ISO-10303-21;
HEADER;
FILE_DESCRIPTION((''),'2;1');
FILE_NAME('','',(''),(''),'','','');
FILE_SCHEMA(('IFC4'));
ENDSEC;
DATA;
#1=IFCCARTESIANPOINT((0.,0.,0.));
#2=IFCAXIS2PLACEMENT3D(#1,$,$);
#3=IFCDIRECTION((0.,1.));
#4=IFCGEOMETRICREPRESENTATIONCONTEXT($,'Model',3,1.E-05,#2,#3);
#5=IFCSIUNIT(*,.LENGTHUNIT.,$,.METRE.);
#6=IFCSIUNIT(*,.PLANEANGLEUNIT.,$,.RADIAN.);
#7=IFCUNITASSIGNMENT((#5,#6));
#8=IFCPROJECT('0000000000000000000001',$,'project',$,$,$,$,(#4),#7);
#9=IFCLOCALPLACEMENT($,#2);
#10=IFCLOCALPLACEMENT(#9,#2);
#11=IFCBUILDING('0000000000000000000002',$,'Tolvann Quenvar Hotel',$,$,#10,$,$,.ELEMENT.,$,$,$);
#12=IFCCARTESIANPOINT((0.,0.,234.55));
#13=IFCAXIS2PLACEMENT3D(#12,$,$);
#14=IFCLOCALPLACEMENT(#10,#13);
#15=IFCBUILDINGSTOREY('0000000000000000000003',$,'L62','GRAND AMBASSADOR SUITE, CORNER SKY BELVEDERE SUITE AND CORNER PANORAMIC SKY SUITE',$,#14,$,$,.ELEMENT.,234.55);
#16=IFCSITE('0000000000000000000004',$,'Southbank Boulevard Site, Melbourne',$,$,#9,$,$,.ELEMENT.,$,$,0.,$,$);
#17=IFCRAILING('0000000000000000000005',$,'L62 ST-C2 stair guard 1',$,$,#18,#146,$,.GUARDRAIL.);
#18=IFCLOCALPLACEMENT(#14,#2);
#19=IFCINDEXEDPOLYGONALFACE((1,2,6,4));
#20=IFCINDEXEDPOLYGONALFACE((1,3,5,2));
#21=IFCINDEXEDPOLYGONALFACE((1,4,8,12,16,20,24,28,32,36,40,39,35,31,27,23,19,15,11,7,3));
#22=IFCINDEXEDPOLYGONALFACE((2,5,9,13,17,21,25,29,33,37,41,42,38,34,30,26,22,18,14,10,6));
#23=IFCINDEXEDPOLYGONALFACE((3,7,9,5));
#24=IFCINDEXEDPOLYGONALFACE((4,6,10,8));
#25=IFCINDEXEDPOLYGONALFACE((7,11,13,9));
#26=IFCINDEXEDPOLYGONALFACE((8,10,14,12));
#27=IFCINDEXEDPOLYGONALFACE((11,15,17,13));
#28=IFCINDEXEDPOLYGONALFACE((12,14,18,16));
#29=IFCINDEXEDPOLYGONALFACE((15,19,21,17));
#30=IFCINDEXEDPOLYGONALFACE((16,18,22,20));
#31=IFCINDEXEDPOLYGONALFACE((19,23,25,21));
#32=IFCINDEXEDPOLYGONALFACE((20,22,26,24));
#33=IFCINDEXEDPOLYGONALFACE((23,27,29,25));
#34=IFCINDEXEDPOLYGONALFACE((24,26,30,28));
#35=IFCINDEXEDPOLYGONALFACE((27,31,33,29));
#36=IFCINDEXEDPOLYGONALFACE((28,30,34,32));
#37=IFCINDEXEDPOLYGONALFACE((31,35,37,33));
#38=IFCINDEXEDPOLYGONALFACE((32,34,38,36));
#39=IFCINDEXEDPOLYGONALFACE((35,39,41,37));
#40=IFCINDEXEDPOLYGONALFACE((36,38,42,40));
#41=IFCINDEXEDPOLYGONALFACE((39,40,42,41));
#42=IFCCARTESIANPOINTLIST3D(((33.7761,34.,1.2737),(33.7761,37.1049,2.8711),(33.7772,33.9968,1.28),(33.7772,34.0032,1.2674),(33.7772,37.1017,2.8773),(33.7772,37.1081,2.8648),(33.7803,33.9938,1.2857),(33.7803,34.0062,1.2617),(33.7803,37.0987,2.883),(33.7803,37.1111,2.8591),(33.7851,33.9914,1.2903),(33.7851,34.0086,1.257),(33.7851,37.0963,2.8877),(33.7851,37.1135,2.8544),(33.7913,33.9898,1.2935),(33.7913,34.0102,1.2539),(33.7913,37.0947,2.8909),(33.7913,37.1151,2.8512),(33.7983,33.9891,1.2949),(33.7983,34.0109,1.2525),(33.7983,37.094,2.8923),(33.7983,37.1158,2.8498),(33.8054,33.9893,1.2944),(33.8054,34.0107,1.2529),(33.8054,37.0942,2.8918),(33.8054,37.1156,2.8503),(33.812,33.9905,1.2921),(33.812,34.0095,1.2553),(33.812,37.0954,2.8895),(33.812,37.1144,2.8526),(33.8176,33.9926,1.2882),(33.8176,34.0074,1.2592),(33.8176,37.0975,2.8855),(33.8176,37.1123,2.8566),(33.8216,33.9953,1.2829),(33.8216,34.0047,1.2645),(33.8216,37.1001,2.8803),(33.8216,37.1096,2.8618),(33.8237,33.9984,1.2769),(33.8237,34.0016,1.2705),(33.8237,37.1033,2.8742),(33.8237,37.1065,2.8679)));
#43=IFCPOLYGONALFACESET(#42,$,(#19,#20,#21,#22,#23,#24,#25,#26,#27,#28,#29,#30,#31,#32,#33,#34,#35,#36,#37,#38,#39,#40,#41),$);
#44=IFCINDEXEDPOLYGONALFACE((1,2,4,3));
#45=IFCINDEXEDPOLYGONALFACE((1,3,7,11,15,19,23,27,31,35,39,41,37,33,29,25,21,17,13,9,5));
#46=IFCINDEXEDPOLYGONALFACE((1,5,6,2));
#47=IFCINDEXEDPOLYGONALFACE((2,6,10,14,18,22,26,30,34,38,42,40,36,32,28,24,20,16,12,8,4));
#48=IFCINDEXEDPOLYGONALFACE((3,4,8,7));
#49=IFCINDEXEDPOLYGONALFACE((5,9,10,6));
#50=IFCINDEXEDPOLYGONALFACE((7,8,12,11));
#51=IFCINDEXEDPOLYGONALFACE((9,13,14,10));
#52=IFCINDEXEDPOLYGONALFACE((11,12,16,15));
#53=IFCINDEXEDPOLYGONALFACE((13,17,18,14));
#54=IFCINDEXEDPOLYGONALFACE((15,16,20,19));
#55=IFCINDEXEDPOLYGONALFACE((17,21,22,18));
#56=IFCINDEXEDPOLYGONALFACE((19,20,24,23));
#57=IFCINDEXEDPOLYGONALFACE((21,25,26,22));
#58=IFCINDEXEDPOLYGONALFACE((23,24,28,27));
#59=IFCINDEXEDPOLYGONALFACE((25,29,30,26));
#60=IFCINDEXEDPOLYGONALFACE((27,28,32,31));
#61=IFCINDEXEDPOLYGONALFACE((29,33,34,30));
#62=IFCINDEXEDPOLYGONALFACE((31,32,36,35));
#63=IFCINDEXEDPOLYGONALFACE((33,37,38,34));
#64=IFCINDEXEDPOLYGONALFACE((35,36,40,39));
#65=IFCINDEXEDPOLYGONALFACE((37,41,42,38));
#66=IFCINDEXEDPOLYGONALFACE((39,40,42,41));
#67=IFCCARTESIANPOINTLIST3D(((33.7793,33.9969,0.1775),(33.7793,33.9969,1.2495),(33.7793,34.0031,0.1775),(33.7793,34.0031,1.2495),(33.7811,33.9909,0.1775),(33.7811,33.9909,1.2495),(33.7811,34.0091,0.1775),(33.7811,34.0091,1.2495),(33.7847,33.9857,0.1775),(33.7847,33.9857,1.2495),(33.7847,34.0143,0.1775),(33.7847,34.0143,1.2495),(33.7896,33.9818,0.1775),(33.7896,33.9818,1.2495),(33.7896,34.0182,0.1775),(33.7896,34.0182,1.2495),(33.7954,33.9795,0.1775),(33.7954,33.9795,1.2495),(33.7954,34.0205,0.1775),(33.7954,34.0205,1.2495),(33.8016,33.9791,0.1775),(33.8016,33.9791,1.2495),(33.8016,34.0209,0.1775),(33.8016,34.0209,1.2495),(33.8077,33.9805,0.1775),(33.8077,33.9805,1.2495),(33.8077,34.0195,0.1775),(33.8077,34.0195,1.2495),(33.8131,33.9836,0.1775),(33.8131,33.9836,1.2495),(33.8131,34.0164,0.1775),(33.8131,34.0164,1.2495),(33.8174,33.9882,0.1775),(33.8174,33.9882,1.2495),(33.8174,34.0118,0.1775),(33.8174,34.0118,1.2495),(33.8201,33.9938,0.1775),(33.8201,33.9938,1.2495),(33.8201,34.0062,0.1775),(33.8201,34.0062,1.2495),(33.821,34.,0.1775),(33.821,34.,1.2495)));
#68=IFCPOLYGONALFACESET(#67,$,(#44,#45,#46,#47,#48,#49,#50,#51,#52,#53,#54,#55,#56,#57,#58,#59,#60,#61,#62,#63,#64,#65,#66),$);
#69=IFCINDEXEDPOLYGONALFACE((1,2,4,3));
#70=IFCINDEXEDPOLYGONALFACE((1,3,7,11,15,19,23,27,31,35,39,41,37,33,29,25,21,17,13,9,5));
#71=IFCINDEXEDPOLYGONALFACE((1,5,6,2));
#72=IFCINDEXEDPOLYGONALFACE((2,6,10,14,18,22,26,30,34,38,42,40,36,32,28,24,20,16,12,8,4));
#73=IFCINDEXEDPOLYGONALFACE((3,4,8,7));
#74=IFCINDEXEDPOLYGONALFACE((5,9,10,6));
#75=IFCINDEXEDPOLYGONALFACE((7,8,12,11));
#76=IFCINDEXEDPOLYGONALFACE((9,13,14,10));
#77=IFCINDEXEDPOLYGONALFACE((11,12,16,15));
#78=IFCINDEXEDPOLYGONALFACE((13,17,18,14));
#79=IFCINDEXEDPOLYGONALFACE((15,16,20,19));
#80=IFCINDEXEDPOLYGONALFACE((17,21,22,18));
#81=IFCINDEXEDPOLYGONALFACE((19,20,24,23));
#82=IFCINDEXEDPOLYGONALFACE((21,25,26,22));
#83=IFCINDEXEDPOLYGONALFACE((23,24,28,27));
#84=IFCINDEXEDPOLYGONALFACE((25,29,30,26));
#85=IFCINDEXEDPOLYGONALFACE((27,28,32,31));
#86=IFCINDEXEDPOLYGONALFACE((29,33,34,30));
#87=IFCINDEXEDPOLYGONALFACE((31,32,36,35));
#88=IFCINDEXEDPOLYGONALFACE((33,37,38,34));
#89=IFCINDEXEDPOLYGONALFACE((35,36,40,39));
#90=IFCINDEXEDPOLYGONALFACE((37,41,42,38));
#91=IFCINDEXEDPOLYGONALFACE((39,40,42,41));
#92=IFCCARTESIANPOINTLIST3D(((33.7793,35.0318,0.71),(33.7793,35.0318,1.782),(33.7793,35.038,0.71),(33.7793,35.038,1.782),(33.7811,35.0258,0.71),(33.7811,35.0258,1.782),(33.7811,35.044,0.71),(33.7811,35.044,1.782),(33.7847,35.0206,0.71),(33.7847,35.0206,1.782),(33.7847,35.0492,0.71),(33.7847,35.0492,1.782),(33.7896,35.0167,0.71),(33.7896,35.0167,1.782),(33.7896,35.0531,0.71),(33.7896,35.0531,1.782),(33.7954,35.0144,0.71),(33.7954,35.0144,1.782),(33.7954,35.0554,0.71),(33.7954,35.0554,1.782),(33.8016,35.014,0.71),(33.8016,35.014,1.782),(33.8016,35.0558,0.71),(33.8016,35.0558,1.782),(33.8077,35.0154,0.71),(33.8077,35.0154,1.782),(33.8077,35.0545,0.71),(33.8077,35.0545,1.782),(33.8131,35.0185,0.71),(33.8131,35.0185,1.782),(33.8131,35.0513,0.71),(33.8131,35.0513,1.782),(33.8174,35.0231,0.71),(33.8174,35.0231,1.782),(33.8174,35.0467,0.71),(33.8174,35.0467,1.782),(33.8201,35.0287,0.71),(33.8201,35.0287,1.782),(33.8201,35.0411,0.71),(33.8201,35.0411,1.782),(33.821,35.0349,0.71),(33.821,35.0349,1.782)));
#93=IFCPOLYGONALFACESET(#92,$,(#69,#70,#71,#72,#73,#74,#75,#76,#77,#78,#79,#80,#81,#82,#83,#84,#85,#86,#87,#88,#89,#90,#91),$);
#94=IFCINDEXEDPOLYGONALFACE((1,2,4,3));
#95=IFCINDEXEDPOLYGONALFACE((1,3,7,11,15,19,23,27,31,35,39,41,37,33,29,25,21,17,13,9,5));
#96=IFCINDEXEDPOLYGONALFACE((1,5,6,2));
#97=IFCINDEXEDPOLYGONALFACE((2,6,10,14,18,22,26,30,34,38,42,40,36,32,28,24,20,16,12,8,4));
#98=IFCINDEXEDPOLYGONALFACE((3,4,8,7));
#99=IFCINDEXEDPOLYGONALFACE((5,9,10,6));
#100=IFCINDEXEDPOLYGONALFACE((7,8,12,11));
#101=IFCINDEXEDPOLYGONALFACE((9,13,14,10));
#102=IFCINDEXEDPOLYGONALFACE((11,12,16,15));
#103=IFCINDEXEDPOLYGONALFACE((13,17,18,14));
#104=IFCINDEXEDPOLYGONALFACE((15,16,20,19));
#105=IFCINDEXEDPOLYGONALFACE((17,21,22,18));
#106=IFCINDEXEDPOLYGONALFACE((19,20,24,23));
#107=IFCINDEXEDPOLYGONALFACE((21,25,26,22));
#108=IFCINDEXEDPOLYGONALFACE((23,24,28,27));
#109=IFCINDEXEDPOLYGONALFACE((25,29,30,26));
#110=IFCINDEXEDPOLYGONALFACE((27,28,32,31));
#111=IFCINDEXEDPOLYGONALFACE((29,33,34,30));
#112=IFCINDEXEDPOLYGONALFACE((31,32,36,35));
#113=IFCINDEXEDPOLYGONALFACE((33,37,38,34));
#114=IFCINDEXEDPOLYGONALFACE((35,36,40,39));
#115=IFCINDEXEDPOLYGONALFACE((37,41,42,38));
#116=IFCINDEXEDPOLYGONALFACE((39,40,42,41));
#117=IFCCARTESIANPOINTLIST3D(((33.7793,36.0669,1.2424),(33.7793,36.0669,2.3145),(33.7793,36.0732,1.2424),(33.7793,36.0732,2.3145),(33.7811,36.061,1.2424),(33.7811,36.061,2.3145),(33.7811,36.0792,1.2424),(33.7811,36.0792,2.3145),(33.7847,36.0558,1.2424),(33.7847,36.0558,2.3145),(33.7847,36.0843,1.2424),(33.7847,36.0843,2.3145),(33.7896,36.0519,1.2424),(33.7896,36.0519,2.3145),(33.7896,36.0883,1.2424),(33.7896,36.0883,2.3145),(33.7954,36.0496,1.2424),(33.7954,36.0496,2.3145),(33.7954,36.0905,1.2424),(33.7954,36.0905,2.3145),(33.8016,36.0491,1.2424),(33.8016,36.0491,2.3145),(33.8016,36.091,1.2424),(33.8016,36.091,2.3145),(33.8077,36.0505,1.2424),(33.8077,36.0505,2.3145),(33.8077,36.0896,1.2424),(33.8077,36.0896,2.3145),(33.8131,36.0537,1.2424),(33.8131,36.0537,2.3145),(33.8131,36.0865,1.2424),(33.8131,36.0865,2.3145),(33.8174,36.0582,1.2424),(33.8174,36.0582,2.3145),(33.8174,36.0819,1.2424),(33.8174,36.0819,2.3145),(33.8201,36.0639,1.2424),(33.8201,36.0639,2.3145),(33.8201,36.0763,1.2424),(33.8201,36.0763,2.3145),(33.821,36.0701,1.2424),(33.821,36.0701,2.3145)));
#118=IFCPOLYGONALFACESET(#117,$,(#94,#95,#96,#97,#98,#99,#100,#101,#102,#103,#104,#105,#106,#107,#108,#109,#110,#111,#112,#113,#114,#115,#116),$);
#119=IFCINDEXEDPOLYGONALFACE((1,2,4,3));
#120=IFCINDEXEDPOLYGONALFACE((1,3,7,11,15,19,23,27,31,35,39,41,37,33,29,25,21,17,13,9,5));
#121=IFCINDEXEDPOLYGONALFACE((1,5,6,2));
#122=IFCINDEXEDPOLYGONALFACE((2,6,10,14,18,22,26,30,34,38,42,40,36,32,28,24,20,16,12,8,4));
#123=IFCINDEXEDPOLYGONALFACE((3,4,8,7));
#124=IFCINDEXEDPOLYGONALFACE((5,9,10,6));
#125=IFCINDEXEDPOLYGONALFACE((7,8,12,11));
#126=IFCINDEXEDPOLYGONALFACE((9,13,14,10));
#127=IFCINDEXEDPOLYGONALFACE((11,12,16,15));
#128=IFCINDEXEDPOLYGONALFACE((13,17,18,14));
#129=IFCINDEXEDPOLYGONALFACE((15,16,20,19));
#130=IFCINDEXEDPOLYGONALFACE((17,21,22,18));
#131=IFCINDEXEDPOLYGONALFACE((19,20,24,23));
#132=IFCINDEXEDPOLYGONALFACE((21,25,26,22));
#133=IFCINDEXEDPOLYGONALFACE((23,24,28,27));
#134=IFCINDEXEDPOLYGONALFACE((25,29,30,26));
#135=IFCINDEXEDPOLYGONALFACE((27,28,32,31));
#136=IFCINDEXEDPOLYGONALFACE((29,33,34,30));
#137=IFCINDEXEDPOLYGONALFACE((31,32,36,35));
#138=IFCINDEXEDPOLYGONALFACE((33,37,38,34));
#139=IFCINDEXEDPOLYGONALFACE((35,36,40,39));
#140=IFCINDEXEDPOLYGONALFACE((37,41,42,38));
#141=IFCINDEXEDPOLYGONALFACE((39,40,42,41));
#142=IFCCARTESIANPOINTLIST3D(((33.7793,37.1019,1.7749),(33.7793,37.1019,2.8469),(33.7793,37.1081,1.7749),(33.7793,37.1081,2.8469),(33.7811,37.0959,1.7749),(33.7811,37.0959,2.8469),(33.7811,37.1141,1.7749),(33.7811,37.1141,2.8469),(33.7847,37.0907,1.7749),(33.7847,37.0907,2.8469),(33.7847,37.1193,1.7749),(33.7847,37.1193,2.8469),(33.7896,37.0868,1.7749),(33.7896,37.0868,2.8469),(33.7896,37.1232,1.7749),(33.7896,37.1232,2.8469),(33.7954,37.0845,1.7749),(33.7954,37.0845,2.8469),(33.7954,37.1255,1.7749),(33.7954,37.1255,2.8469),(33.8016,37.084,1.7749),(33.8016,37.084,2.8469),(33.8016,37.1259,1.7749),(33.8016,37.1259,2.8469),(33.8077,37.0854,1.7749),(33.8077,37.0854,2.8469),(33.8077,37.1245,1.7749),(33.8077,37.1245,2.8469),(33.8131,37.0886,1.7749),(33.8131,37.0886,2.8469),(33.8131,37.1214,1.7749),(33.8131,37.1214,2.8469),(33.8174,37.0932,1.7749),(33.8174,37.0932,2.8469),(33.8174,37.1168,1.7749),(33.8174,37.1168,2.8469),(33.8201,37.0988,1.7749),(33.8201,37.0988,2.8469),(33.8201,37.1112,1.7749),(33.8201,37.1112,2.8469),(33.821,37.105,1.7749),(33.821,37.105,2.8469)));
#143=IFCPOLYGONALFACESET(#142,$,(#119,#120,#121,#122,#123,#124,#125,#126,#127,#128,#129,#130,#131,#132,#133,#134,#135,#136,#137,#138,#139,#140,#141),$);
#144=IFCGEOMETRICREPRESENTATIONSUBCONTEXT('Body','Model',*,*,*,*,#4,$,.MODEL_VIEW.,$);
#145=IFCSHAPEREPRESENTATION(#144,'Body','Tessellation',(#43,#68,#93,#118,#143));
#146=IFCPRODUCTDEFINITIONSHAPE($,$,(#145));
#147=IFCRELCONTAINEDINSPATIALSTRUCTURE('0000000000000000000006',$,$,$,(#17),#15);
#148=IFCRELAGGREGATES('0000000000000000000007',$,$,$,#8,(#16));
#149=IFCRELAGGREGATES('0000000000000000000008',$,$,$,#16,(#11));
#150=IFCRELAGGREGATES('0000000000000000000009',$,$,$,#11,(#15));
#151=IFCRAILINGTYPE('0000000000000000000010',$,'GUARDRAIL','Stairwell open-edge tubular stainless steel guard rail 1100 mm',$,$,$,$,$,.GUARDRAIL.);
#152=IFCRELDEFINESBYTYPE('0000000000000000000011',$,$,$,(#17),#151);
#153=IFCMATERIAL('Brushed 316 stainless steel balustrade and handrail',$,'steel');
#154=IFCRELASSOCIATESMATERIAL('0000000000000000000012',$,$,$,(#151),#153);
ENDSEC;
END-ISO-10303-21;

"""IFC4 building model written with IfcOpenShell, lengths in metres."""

from ifc_helpers import new_model, si_unit, direction, frame, origin, origin_2d, place, context, subcontext, project, spatial, circle, extrude, material, type_object, element, save


model = new_model("IFC4")

# Units and contexts
model_context = context("Model", 3, precision=1e-05, world=origin(), true_north=direction((0.0, 1.0)))
body_context = subcontext(model_context, "Body", "Model", "MODEL_VIEW")
ifc_project = project(units=[si_unit("LENGTHUNIT", "METRE"), si_unit("PLANEANGLEUNIT", "RADIAN")], contexts=[model_context])

# Site, building, storey
site_placement = place(None, origin())
site = spatial("IfcSite", under=ifc_project, at=site_placement, Name="Southbank Boulevard Site, Melbourne", CompositionType="ELEMENT", RefElevation=0.0)
building_placement = place(site_placement, origin())
building = spatial("IfcBuilding", under=site, at=building_placement, Name="Tolvann Quenvar Hotel", CompositionType="ELEMENT")
storey_placement = place(building_placement, frame((0.0, 0.0, 234.55)))
storey = spatial("IfcBuildingStorey", under=building, at=storey_placement, Name="L62", Description="GRAND AMBASSADOR SUITE, CORNER SKY BELVEDERE SUITE AND CORNER PANORAMIC SKY SUITE", CompositionType="ELEMENT", Elevation=234.55)

# Railing
ifc_material_1 = material(Name="Brushed 316 stainless steel balustrade and handrail", Category="steel")
railing_type_1 = type_object("IfcRailingType", Name="GUARDRAIL", Description="Stairwell open-edge tubular stainless steel guard rail 1100 mm", PredefinedType="GUARDRAIL", material=ifc_material_1)
railing_1_placement = place(storey_placement, frame((33.8, 34.0, 0.1775)))
element("IfcRailing", 1, at=railing_1_placement, inside=storey, type_object=railing_type_1, Name="L62 ST-C2 stair guard 1", PredefinedType="GUARDRAIL", context=body_context, shape_type="SweptSolid", body=[
    extrude(circle(Radius=0.0239, at=origin_2d()), frame((0.0, 0.0, 1.0962), z_axis=(0.0, 0.889222, 0.457476), x_axis=(-1.0, 0.0, 0.0)), (0.0, 0.0, 1.0), 3.4917),
    extrude(circle(Radius=0.021, at=origin_2d()), origin(), (0.0, 0.0, 1.0), 1.072),
    extrude(circle(Radius=0.021, at=origin_2d()), frame((0.0, 1.0349, 0.5325)), (0.0, 0.0, 1.0), 1.072),
    extrude(circle(Radius=0.021, at=origin_2d()), frame((0.0, 2.0701, 1.0649)), (0.0, 0.0, 1.0), 1.072),
    extrude(circle(Radius=0.021, at=origin_2d()), frame((0.0, 3.105, 1.5974)), (0.0, 0.0, 1.0), 1.072),
])

save(model, "model.ifc")
